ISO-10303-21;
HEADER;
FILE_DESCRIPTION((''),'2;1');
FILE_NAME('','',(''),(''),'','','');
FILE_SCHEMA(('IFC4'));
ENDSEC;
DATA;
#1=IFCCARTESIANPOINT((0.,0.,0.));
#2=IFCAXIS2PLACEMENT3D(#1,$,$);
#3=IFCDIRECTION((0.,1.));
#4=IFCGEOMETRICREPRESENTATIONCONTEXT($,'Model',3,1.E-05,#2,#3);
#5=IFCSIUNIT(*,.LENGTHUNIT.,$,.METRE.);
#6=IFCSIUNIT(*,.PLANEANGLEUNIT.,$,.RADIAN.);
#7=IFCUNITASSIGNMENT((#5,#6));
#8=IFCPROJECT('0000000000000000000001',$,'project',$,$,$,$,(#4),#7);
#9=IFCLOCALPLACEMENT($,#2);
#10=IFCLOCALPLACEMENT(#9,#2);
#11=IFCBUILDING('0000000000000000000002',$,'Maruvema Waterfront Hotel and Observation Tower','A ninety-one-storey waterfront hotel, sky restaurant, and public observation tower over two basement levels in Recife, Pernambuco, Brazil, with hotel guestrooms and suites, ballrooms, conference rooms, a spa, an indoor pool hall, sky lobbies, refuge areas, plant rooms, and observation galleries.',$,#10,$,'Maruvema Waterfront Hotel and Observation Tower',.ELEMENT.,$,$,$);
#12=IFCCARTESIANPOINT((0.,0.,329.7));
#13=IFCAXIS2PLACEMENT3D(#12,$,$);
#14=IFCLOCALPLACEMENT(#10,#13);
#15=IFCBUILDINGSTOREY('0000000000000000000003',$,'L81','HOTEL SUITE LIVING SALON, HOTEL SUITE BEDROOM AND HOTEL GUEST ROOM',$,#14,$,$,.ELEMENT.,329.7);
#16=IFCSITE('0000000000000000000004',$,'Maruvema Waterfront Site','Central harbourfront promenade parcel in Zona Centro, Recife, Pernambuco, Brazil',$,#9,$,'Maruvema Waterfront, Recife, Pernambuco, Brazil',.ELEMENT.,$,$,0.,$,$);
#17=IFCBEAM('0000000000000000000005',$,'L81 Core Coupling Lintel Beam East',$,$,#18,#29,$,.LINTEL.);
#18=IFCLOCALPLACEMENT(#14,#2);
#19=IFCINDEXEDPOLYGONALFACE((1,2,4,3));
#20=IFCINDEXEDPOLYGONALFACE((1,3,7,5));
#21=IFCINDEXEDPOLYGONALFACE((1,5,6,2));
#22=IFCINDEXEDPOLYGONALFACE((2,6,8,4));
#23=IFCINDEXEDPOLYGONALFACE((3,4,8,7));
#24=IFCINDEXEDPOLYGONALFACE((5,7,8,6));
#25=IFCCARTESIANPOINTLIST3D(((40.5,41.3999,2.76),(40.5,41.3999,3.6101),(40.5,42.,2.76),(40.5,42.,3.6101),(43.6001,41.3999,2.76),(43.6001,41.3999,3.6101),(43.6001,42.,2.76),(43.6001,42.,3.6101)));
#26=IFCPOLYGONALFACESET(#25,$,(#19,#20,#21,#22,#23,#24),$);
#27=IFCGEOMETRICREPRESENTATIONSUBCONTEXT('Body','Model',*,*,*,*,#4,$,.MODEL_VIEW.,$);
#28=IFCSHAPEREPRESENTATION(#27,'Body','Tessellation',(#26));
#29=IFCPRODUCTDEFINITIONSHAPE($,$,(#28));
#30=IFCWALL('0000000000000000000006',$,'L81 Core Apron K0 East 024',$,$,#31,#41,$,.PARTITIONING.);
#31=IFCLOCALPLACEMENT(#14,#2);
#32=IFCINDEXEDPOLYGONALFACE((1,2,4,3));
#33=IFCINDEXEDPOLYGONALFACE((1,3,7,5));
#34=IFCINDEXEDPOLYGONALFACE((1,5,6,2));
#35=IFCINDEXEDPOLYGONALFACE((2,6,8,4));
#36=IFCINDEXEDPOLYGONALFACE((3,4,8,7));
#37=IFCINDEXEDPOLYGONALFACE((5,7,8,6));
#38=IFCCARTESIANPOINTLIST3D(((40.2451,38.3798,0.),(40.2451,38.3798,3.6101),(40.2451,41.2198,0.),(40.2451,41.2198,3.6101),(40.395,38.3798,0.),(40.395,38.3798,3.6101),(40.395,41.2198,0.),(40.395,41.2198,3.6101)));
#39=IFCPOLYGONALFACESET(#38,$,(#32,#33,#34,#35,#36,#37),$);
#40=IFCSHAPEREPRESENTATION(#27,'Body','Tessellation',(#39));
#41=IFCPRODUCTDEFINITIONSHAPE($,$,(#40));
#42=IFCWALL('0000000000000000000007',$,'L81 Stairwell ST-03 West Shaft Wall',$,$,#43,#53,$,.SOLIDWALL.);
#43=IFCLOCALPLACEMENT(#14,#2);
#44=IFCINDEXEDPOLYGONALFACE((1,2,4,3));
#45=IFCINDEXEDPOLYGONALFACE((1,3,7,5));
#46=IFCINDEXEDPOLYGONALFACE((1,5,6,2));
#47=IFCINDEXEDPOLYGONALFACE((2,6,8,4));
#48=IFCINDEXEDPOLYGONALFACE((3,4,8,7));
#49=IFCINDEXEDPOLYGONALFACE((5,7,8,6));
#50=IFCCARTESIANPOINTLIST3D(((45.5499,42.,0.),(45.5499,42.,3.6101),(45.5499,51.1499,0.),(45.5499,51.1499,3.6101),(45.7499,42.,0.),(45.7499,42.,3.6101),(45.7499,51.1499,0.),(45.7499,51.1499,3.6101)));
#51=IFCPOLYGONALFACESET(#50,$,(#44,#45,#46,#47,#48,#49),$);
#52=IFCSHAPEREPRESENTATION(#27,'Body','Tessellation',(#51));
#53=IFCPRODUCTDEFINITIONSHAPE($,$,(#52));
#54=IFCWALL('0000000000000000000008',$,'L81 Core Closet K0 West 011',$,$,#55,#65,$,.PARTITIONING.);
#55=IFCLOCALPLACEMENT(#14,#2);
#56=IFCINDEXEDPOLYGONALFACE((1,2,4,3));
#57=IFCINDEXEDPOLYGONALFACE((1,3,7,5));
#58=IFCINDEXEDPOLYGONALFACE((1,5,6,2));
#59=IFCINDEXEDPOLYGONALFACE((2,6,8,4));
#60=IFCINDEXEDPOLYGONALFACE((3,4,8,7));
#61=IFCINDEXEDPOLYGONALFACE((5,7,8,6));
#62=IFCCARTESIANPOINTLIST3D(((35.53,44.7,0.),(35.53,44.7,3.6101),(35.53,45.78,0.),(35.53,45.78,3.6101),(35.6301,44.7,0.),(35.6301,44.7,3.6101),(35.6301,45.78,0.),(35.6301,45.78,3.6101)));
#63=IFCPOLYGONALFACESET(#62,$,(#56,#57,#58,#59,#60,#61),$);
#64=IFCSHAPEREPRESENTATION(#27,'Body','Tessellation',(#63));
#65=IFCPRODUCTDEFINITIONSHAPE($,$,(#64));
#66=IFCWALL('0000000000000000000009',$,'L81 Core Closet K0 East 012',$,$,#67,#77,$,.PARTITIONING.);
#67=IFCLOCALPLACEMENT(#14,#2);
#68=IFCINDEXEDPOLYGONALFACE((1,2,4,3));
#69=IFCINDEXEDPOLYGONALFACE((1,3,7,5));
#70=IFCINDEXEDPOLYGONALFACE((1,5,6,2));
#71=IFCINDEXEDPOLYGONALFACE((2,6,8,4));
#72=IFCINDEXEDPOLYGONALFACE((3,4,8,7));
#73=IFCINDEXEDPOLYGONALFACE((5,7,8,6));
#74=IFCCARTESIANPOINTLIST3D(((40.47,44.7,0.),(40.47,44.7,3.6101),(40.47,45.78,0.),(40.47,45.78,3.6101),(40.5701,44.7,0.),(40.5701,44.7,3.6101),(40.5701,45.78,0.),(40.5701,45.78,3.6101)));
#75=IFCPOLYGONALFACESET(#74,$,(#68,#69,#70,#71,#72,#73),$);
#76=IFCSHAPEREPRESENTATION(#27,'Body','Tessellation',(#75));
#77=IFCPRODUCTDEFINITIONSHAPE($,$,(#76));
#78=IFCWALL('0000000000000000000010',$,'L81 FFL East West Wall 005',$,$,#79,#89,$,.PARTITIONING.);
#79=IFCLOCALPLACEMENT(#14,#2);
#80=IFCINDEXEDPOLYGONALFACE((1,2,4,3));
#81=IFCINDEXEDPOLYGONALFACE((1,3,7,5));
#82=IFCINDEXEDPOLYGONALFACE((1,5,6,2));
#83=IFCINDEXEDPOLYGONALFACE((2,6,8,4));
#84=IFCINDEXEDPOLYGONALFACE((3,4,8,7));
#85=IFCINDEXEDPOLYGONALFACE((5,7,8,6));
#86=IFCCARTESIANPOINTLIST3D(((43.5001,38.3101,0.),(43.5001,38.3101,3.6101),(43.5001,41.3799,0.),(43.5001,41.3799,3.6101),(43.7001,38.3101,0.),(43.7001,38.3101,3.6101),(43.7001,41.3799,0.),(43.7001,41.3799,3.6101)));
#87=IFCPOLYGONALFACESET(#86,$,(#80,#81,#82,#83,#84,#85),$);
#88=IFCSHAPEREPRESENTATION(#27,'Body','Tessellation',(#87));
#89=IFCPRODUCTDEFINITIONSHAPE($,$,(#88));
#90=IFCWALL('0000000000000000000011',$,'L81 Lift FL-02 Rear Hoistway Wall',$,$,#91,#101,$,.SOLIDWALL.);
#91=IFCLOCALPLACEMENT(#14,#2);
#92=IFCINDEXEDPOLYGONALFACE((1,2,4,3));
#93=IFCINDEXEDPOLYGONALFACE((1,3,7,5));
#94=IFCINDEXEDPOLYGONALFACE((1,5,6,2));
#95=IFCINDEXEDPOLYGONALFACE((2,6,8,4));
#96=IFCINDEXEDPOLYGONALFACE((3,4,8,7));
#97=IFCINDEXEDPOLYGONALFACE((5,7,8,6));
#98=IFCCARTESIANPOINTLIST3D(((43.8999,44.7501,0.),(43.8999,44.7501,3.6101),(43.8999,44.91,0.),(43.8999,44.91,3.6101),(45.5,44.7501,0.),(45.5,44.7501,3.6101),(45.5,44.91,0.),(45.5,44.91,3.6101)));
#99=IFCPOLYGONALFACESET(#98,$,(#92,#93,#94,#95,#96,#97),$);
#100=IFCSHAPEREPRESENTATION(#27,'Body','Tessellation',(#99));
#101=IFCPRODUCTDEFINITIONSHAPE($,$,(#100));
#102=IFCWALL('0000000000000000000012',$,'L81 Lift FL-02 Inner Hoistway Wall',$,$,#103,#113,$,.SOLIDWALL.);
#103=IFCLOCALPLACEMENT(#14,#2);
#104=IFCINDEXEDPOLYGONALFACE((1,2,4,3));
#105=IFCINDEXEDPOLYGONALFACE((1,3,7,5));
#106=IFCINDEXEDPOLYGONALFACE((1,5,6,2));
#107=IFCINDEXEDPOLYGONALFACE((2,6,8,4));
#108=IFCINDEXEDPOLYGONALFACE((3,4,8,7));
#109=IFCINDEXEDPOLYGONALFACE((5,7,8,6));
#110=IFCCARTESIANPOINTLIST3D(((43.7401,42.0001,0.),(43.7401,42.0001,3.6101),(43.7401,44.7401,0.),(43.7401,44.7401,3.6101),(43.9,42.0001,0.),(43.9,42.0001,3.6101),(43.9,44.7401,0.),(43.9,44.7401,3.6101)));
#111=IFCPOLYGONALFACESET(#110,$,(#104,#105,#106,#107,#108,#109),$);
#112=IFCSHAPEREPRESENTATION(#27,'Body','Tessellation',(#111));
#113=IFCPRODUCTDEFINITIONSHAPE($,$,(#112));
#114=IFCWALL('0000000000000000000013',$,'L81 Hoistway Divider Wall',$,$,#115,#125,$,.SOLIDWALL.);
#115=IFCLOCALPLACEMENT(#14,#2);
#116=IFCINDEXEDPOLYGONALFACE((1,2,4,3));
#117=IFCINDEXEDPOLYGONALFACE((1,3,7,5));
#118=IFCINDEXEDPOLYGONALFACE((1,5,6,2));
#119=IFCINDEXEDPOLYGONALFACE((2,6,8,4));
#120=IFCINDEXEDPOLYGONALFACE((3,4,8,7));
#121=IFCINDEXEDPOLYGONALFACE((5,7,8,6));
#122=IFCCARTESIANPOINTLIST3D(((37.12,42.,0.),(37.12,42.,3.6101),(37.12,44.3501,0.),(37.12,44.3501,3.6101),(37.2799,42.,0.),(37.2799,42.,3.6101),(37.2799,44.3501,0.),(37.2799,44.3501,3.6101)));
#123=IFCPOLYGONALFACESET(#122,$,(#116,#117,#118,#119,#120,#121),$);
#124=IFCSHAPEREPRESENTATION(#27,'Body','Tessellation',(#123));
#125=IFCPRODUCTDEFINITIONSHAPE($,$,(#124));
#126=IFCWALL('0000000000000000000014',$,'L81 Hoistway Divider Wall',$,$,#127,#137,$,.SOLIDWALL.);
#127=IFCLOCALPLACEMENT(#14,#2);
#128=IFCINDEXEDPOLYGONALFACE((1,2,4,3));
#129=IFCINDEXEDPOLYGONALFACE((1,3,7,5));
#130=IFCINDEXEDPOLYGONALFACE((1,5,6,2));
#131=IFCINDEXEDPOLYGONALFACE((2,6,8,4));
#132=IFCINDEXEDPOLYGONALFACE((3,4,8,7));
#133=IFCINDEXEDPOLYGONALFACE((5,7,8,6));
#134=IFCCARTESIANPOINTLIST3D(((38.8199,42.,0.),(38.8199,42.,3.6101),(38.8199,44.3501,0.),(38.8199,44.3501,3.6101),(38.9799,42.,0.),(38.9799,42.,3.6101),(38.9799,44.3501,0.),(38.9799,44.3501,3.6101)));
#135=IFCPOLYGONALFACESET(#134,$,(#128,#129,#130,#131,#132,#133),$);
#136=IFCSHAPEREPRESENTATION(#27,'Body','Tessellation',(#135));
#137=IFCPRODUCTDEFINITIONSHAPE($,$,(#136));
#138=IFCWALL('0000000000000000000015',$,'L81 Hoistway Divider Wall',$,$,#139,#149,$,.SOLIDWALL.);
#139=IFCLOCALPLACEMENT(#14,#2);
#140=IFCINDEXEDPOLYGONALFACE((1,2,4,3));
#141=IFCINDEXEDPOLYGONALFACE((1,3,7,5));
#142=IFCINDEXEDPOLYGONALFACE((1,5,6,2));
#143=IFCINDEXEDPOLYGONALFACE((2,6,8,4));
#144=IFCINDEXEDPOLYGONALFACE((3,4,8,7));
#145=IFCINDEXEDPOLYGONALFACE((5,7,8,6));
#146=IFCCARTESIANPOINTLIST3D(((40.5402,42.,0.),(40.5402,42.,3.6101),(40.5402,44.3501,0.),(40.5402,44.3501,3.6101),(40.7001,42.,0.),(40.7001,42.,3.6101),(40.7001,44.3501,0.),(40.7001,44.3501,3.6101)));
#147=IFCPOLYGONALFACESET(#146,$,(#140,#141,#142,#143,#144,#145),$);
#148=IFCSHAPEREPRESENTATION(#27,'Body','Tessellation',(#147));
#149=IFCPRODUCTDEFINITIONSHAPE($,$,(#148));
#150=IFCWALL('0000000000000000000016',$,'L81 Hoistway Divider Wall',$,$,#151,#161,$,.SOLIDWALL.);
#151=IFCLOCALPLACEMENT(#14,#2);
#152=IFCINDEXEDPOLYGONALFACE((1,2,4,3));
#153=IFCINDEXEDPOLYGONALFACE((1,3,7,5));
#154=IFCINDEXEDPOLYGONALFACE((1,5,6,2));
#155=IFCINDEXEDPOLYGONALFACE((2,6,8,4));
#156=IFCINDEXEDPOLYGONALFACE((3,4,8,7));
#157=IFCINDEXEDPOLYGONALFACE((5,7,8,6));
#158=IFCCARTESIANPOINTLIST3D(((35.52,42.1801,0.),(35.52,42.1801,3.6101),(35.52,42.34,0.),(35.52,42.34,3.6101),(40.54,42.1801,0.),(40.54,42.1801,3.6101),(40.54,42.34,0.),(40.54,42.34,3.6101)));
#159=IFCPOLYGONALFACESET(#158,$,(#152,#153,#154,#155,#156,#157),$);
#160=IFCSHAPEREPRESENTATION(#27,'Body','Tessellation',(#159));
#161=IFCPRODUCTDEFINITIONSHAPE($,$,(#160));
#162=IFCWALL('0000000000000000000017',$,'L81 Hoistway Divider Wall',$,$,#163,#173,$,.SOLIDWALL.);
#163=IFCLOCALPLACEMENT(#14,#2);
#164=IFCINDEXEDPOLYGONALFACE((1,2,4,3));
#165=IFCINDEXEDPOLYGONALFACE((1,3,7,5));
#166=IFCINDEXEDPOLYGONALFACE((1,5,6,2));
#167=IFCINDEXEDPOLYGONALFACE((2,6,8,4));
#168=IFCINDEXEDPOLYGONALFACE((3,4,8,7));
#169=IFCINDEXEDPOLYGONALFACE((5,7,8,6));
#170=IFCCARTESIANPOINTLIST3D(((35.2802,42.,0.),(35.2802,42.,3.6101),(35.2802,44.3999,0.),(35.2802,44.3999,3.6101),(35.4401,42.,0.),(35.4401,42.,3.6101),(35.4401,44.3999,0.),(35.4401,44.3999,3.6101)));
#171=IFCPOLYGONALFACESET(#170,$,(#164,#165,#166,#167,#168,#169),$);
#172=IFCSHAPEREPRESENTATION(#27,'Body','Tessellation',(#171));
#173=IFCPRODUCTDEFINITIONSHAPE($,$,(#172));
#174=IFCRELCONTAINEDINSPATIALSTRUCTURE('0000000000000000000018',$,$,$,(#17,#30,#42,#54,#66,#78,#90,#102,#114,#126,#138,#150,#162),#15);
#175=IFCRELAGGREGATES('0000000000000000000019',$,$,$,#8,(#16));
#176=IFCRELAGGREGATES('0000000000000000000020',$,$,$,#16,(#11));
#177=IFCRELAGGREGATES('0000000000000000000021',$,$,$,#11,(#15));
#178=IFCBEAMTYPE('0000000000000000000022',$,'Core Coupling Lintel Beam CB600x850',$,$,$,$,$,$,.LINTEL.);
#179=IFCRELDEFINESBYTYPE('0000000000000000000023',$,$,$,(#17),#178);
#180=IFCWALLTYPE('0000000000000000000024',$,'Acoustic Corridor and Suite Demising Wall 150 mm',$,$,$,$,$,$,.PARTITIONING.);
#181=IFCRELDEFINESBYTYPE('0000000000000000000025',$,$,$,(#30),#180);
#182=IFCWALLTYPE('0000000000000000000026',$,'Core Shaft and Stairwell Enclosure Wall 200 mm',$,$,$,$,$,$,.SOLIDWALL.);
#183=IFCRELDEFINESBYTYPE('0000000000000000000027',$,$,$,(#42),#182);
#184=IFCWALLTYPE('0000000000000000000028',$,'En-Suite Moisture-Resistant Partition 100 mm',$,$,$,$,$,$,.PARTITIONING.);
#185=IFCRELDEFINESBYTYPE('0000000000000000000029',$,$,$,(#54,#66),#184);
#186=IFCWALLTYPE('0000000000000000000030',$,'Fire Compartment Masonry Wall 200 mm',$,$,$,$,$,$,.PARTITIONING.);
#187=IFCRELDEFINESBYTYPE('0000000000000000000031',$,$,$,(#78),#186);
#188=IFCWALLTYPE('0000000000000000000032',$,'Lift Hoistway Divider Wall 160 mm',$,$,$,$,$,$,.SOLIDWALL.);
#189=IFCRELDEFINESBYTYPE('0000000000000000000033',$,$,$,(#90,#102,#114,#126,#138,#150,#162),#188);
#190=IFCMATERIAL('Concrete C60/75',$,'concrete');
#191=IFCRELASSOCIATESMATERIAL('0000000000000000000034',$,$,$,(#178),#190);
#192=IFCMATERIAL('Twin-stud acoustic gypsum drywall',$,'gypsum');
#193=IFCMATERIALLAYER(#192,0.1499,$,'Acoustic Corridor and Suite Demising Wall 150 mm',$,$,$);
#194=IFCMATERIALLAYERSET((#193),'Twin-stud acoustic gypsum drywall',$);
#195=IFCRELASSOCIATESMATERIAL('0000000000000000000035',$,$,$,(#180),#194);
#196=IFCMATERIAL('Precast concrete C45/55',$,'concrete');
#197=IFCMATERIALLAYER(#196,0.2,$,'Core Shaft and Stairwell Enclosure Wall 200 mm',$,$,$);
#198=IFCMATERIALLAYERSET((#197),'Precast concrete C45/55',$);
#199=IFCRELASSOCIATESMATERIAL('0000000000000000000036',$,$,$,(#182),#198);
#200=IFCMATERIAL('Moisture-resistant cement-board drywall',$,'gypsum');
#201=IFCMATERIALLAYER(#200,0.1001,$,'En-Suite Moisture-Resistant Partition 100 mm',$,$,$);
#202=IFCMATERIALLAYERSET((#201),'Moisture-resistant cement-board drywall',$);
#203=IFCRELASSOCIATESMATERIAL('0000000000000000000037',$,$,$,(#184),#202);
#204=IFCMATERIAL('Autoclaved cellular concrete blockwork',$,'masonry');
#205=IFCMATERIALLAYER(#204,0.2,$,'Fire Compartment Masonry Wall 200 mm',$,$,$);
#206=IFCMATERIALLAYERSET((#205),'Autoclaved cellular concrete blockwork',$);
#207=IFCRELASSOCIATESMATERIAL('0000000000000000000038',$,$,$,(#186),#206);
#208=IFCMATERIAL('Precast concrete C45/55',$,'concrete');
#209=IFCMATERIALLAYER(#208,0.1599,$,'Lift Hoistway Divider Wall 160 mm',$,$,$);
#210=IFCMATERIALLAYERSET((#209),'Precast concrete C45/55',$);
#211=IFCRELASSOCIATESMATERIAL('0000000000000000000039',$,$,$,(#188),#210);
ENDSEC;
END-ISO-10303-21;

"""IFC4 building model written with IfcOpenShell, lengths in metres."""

from ifc_helpers import new_model, si_unit, direction, frame, frame_2d, origin, origin_2d, place, context, subcontext, project, spatial, rectangle, extrude, material, layer, layer_set, material_profile, profile_set, type_object, element, save


model = new_model("IFC4")

# Units and contexts
model_context = context("Model", 3, precision=1e-05, world=origin(), true_north=direction((0.0, 1.0)))
body_context = subcontext(model_context, "Body", "Model", "MODEL_VIEW")
ifc_project = project(units=[si_unit("LENGTHUNIT", "METRE"), si_unit("PLANEANGLEUNIT", "RADIAN")], contexts=[model_context])

# Site, building, storey
site_placement = place(None, origin())
site = spatial("IfcSite", under=ifc_project, at=site_placement, Name="Maruvema Waterfront Site", Description="Central harbourfront promenade parcel in Zona Centro, Recife, Pernambuco, Brazil", LongName="Maruvema Waterfront, Recife, Pernambuco, Brazil", CompositionType="ELEMENT", RefElevation=0.0)
building_placement = place(site_placement, origin())
building = spatial("IfcBuilding", under=site, at=building_placement, Name="Maruvema Waterfront Hotel and Observation Tower", Description="A ninety-one-storey waterfront hotel, sky restaurant, and public observation tower over two basement levels in Recife, Pernambuco, Brazil, with hotel guestrooms and suites, ballrooms, conference rooms, a spa, an indoor pool hall, sky lobbies, refuge areas, plant rooms, and observation galleries.", LongName="Maruvema Waterfront Hotel and Observation Tower", CompositionType="ELEMENT")
storey_placement = place(building_placement, frame((0.0, 0.0, 329.7)))
storey = spatial("IfcBuildingStorey", under=building, at=storey_placement, Name="L81", Description="HOTEL SUITE LIVING SALON, HOTEL SUITE BEDROOM AND HOTEL GUEST ROOM", CompositionType="ELEMENT", Elevation=329.7)

# Beam
ifc_material_1 = material(Name="Concrete C60/75", Category="concrete")
ifc_material_profile = material_profile(ifc_material_1, rectangle(XDim=0.6001, YDim=0.8501, at=origin_2d()), Name="CB600x850")
ifc_profile_set = profile_set([ifc_material_profile], Name="Concrete C60/75")
beam_type = type_object("IfcBeamType", Name="Core Coupling Lintel Beam CB600x850", PredefinedType="LINTEL", material=ifc_profile_set)
beam_placement = place(storey_placement, frame((40.5, 41.7, 3.1851), z_axis=(1.0, 0.0, 0.0), x_axis=(0.0, 1.0, 0.0)))
element("IfcBeam", 1, at=beam_placement, inside=storey, type_object=beam_type, Name="L81 Core Coupling Lintel Beam East", PredefinedType="LINTEL", context=body_context, shape_type="SweptSolid", body=[
    extrude(rectangle(XDim=0.6001, YDim=0.8501, at=origin_2d()), origin(), (0.0, 0.0, 1.0), 3.1001),
])

# Walls
ifc_material_2 = material(Name="Twin-stud acoustic gypsum drywall", Category="gypsum")
ifc_layer_1 = layer(ifc_material_2, 0.1499, Name="Acoustic Corridor and Suite Demising Wall 150 mm")
ifc_layer_set_1 = layer_set([ifc_layer_1], Name="Twin-stud acoustic gypsum drywall")
wall_type_1 = type_object("IfcWallType", Name="Acoustic Corridor and Suite Demising Wall 150 mm", PredefinedType="PARTITIONING", material=ifc_layer_set_1)
wall_1_placement = place(storey_placement, frame((40.3201, 38.3799, 0.0), z_axis=(0.0, 0.0, 1.0), x_axis=(0.0, 1.0, 0.0)))
element("IfcWall", 2, at=wall_1_placement, inside=storey, type_object=wall_type_1, Name="L81 Core Apron K0 East 024", PredefinedType="PARTITIONING", context=body_context, shape_type="SweptSolid", body=[
    extrude(rectangle(XDim=2.8401, YDim=0.1499, at=frame_2d((1.4199, 0.0))), origin(), (0.0, 0.0, 1.0), 3.6101),
])
ifc_material_3 = material(Name="Precast concrete C45/55", Category="concrete")
ifc_layer_2 = layer(ifc_material_3, 0.2, Name="Core Shaft and Stairwell Enclosure Wall 200 mm")
ifc_layer_set_2 = layer_set([ifc_layer_2], Name="Precast concrete C45/55")
wall_type_2 = type_object("IfcWallType", Name="Core Shaft and Stairwell Enclosure Wall 200 mm", PredefinedType="SOLIDWALL", material=ifc_layer_set_2)
wall_2_placement = place(storey_placement, frame((45.6499, 42.0, 0.0), z_axis=(0.0, 0.0, 1.0), x_axis=(0.0, 1.0, 0.0)))
element("IfcWall", 3, at=wall_2_placement, inside=storey, type_object=wall_type_2, Name="L81 Stairwell ST-03 West Shaft Wall", PredefinedType="SOLIDWALL", context=body_context, shape_type="SweptSolid", body=[
    extrude(rectangle(XDim=9.1499, YDim=0.2, at=frame_2d((4.575, 0.0))), origin(), (0.0, 0.0, 1.0), 3.6101),
])

# Walls
ifc_material_4 = material(Name="Moisture-resistant cement-board drywall", Category="gypsum")
ifc_layer_3 = layer(ifc_material_4, 0.1001, Name="En-Suite Moisture-Resistant Partition 100 mm")
ifc_layer_set_3 = layer_set([ifc_layer_3], Name="Moisture-resistant cement-board drywall")
wall_type_3 = type_object("IfcWallType", Name="En-Suite Moisture-Resistant Partition 100 mm", PredefinedType="PARTITIONING", material=ifc_layer_set_3)
for number, where, z_axis, x_axis, name in (
    (4, (35.5801, 44.7, 0.0), (0.0, 0.0, 1.0), (0.0, 1.0, 0.0), "L81 Core Closet K0 West 011"),
    (5, (40.52, 44.7, 0.0), (0.0, 0.0, 1.0), (0.0, 1.0, 0.0), "L81 Core Closet K0 East 012"),
):
    element("IfcWall", number, at=place(storey_placement, frame(where, z_axis=z_axis, x_axis=x_axis)), inside=storey, type_object=wall_type_3, Name=name, PredefinedType="PARTITIONING", context=body_context, shape_type="SweptSolid", body=[
        extrude(rectangle(XDim=1.0801, YDim=0.1001, at=frame_2d((0.54, 0.0))), origin(), (0.0, 0.0, 1.0), 3.6101),
    ])

# Shared definitions
ifc_material_5 = material(Name="Autoclaved cellular concrete blockwork", Category="masonry")
ifc_layer_4 = layer(ifc_material_5, 0.2, Name="Fire Compartment Masonry Wall 200 mm")
ifc_layer_set_4 = layer_set([ifc_layer_4], Name="Autoclaved cellular concrete blockwork")
wall_type_4 = type_object("IfcWallType", Name="Fire Compartment Masonry Wall 200 mm", PredefinedType="PARTITIONING", material=ifc_layer_set_4)

# Walls
wall_3_placement = place(storey_placement, frame((43.6001, 38.3101, 0.0), z_axis=(0.0, 0.0, 1.0), x_axis=(0.0, 1.0, 0.0)))
element("IfcWall", 6, at=wall_3_placement, inside=storey, type_object=wall_type_4, Name="L81 FFL East West Wall 005", PredefinedType="PARTITIONING", context=body_context, shape_type="SweptSolid", body=[
    extrude(rectangle(XDim=3.0698, YDim=0.2, at=frame_2d((1.5349, 0.0))), origin(), (0.0, 0.0, 1.0), 3.6101),
])
ifc_material_6 = material(Name="Precast concrete C45/55", Category="concrete")
ifc_layer_5 = layer(ifc_material_6, 0.1599, Name="Lift Hoistway Divider Wall 160 mm")
ifc_layer_set_5 = layer_set([ifc_layer_5], Name="Precast concrete C45/55")
wall_type_5 = type_object("IfcWallType", Name="Lift Hoistway Divider Wall 160 mm", PredefinedType="SOLIDWALL", material=ifc_layer_set_5)
wall_4_placement = place(storey_placement, frame((43.8999, 44.8301, 0.0), z_axis=(0.0, 0.0, 1.0), x_axis=(1.0, 0.0, 0.0)))
element("IfcWall", 7, at=wall_4_placement, inside=storey, type_object=wall_type_5, Name="L81 Lift FL-02 Rear Hoistway Wall", PredefinedType="SOLIDWALL", context=body_context, shape_type="SweptSolid", body=[
    extrude(rectangle(XDim=1.6001, YDim=0.1599, at=frame_2d((0.8, 0.0))), origin(), (0.0, 0.0, 1.0), 3.6101),
])
wall_5_placement = place(storey_placement, frame((43.8201, 42.0, 0.0), z_axis=(0.0, 0.0, 1.0), x_axis=(0.0, 1.0, 0.0)))
element("IfcWall", 8, at=wall_5_placement, inside=storey, type_object=wall_type_5, Name="L81 Lift FL-02 Inner Hoistway Wall", PredefinedType="SOLIDWALL", context=body_context, shape_type="SweptSolid", body=[
    extrude(rectangle(XDim=2.74, YDim=0.1599, at=frame_2d((1.3701, 0.0))), origin(), (0.0, 0.0, 1.0), 3.6101),
])
for number, where, z_axis, x_axis, name in (
    (9, (37.2, 42.0, 0.0), (0.0, 0.0, 1.0), (0.0, 1.0, 0.0), "L81 Hoistway Divider Wall"),
    (10, (38.8999, 42.0, 0.0), (0.0, 0.0, 1.0), (0.0, 1.0, 0.0), "L81 Hoistway Divider Wall"),
    (11, (40.6201, 42.0, 0.0), (0.0, 0.0, 1.0), (0.0, 1.0, 0.0), "L81 Hoistway Divider Wall"),
):
    element("IfcWall", number, at=place(storey_placement, frame(where, z_axis=z_axis, x_axis=x_axis)), inside=storey, type_object=wall_type_5, Name=name, PredefinedType="SOLIDWALL", context=body_context, shape_type="SweptSolid", body=[
        extrude(rectangle(XDim=2.3501, YDim=0.1599, at=frame_2d((1.175, 0.0))), origin(), (0.0, 0.0, 1.0), 3.6101),
    ])
wall_6_placement = place(storey_placement, frame((35.52, 42.26, 0.0), z_axis=(0.0, 0.0, 1.0), x_axis=(1.0, 0.0, 0.0)))
element("IfcWall", 12, at=wall_6_placement, inside=storey, type_object=wall_type_5, Name="L81 Hoistway Divider Wall", PredefinedType="SOLIDWALL", context=body_context, shape_type="SweptSolid", body=[
    extrude(rectangle(XDim=5.02, YDim=0.1599, at=frame_2d((2.51, 0.0))), origin(), (0.0, 0.0, 1.0), 3.6101),
])
wall_7_placement = place(storey_placement, frame((35.3601, 42.0, 0.0), z_axis=(0.0, 0.0, 1.0), x_axis=(0.0, 1.0, 0.0)))
element("IfcWall", 13, at=wall_7_placement, inside=storey, type_object=wall_type_5, Name="L81 Hoistway Divider Wall", PredefinedType="SOLIDWALL", context=body_context, shape_type="SweptSolid", body=[
    extrude(rectangle(XDim=2.3999, YDim=0.1599, at=frame_2d((1.2, 0.0))), origin(), (0.0, 0.0, 1.0), 3.6101),
])

save(model, "model.ifc")
